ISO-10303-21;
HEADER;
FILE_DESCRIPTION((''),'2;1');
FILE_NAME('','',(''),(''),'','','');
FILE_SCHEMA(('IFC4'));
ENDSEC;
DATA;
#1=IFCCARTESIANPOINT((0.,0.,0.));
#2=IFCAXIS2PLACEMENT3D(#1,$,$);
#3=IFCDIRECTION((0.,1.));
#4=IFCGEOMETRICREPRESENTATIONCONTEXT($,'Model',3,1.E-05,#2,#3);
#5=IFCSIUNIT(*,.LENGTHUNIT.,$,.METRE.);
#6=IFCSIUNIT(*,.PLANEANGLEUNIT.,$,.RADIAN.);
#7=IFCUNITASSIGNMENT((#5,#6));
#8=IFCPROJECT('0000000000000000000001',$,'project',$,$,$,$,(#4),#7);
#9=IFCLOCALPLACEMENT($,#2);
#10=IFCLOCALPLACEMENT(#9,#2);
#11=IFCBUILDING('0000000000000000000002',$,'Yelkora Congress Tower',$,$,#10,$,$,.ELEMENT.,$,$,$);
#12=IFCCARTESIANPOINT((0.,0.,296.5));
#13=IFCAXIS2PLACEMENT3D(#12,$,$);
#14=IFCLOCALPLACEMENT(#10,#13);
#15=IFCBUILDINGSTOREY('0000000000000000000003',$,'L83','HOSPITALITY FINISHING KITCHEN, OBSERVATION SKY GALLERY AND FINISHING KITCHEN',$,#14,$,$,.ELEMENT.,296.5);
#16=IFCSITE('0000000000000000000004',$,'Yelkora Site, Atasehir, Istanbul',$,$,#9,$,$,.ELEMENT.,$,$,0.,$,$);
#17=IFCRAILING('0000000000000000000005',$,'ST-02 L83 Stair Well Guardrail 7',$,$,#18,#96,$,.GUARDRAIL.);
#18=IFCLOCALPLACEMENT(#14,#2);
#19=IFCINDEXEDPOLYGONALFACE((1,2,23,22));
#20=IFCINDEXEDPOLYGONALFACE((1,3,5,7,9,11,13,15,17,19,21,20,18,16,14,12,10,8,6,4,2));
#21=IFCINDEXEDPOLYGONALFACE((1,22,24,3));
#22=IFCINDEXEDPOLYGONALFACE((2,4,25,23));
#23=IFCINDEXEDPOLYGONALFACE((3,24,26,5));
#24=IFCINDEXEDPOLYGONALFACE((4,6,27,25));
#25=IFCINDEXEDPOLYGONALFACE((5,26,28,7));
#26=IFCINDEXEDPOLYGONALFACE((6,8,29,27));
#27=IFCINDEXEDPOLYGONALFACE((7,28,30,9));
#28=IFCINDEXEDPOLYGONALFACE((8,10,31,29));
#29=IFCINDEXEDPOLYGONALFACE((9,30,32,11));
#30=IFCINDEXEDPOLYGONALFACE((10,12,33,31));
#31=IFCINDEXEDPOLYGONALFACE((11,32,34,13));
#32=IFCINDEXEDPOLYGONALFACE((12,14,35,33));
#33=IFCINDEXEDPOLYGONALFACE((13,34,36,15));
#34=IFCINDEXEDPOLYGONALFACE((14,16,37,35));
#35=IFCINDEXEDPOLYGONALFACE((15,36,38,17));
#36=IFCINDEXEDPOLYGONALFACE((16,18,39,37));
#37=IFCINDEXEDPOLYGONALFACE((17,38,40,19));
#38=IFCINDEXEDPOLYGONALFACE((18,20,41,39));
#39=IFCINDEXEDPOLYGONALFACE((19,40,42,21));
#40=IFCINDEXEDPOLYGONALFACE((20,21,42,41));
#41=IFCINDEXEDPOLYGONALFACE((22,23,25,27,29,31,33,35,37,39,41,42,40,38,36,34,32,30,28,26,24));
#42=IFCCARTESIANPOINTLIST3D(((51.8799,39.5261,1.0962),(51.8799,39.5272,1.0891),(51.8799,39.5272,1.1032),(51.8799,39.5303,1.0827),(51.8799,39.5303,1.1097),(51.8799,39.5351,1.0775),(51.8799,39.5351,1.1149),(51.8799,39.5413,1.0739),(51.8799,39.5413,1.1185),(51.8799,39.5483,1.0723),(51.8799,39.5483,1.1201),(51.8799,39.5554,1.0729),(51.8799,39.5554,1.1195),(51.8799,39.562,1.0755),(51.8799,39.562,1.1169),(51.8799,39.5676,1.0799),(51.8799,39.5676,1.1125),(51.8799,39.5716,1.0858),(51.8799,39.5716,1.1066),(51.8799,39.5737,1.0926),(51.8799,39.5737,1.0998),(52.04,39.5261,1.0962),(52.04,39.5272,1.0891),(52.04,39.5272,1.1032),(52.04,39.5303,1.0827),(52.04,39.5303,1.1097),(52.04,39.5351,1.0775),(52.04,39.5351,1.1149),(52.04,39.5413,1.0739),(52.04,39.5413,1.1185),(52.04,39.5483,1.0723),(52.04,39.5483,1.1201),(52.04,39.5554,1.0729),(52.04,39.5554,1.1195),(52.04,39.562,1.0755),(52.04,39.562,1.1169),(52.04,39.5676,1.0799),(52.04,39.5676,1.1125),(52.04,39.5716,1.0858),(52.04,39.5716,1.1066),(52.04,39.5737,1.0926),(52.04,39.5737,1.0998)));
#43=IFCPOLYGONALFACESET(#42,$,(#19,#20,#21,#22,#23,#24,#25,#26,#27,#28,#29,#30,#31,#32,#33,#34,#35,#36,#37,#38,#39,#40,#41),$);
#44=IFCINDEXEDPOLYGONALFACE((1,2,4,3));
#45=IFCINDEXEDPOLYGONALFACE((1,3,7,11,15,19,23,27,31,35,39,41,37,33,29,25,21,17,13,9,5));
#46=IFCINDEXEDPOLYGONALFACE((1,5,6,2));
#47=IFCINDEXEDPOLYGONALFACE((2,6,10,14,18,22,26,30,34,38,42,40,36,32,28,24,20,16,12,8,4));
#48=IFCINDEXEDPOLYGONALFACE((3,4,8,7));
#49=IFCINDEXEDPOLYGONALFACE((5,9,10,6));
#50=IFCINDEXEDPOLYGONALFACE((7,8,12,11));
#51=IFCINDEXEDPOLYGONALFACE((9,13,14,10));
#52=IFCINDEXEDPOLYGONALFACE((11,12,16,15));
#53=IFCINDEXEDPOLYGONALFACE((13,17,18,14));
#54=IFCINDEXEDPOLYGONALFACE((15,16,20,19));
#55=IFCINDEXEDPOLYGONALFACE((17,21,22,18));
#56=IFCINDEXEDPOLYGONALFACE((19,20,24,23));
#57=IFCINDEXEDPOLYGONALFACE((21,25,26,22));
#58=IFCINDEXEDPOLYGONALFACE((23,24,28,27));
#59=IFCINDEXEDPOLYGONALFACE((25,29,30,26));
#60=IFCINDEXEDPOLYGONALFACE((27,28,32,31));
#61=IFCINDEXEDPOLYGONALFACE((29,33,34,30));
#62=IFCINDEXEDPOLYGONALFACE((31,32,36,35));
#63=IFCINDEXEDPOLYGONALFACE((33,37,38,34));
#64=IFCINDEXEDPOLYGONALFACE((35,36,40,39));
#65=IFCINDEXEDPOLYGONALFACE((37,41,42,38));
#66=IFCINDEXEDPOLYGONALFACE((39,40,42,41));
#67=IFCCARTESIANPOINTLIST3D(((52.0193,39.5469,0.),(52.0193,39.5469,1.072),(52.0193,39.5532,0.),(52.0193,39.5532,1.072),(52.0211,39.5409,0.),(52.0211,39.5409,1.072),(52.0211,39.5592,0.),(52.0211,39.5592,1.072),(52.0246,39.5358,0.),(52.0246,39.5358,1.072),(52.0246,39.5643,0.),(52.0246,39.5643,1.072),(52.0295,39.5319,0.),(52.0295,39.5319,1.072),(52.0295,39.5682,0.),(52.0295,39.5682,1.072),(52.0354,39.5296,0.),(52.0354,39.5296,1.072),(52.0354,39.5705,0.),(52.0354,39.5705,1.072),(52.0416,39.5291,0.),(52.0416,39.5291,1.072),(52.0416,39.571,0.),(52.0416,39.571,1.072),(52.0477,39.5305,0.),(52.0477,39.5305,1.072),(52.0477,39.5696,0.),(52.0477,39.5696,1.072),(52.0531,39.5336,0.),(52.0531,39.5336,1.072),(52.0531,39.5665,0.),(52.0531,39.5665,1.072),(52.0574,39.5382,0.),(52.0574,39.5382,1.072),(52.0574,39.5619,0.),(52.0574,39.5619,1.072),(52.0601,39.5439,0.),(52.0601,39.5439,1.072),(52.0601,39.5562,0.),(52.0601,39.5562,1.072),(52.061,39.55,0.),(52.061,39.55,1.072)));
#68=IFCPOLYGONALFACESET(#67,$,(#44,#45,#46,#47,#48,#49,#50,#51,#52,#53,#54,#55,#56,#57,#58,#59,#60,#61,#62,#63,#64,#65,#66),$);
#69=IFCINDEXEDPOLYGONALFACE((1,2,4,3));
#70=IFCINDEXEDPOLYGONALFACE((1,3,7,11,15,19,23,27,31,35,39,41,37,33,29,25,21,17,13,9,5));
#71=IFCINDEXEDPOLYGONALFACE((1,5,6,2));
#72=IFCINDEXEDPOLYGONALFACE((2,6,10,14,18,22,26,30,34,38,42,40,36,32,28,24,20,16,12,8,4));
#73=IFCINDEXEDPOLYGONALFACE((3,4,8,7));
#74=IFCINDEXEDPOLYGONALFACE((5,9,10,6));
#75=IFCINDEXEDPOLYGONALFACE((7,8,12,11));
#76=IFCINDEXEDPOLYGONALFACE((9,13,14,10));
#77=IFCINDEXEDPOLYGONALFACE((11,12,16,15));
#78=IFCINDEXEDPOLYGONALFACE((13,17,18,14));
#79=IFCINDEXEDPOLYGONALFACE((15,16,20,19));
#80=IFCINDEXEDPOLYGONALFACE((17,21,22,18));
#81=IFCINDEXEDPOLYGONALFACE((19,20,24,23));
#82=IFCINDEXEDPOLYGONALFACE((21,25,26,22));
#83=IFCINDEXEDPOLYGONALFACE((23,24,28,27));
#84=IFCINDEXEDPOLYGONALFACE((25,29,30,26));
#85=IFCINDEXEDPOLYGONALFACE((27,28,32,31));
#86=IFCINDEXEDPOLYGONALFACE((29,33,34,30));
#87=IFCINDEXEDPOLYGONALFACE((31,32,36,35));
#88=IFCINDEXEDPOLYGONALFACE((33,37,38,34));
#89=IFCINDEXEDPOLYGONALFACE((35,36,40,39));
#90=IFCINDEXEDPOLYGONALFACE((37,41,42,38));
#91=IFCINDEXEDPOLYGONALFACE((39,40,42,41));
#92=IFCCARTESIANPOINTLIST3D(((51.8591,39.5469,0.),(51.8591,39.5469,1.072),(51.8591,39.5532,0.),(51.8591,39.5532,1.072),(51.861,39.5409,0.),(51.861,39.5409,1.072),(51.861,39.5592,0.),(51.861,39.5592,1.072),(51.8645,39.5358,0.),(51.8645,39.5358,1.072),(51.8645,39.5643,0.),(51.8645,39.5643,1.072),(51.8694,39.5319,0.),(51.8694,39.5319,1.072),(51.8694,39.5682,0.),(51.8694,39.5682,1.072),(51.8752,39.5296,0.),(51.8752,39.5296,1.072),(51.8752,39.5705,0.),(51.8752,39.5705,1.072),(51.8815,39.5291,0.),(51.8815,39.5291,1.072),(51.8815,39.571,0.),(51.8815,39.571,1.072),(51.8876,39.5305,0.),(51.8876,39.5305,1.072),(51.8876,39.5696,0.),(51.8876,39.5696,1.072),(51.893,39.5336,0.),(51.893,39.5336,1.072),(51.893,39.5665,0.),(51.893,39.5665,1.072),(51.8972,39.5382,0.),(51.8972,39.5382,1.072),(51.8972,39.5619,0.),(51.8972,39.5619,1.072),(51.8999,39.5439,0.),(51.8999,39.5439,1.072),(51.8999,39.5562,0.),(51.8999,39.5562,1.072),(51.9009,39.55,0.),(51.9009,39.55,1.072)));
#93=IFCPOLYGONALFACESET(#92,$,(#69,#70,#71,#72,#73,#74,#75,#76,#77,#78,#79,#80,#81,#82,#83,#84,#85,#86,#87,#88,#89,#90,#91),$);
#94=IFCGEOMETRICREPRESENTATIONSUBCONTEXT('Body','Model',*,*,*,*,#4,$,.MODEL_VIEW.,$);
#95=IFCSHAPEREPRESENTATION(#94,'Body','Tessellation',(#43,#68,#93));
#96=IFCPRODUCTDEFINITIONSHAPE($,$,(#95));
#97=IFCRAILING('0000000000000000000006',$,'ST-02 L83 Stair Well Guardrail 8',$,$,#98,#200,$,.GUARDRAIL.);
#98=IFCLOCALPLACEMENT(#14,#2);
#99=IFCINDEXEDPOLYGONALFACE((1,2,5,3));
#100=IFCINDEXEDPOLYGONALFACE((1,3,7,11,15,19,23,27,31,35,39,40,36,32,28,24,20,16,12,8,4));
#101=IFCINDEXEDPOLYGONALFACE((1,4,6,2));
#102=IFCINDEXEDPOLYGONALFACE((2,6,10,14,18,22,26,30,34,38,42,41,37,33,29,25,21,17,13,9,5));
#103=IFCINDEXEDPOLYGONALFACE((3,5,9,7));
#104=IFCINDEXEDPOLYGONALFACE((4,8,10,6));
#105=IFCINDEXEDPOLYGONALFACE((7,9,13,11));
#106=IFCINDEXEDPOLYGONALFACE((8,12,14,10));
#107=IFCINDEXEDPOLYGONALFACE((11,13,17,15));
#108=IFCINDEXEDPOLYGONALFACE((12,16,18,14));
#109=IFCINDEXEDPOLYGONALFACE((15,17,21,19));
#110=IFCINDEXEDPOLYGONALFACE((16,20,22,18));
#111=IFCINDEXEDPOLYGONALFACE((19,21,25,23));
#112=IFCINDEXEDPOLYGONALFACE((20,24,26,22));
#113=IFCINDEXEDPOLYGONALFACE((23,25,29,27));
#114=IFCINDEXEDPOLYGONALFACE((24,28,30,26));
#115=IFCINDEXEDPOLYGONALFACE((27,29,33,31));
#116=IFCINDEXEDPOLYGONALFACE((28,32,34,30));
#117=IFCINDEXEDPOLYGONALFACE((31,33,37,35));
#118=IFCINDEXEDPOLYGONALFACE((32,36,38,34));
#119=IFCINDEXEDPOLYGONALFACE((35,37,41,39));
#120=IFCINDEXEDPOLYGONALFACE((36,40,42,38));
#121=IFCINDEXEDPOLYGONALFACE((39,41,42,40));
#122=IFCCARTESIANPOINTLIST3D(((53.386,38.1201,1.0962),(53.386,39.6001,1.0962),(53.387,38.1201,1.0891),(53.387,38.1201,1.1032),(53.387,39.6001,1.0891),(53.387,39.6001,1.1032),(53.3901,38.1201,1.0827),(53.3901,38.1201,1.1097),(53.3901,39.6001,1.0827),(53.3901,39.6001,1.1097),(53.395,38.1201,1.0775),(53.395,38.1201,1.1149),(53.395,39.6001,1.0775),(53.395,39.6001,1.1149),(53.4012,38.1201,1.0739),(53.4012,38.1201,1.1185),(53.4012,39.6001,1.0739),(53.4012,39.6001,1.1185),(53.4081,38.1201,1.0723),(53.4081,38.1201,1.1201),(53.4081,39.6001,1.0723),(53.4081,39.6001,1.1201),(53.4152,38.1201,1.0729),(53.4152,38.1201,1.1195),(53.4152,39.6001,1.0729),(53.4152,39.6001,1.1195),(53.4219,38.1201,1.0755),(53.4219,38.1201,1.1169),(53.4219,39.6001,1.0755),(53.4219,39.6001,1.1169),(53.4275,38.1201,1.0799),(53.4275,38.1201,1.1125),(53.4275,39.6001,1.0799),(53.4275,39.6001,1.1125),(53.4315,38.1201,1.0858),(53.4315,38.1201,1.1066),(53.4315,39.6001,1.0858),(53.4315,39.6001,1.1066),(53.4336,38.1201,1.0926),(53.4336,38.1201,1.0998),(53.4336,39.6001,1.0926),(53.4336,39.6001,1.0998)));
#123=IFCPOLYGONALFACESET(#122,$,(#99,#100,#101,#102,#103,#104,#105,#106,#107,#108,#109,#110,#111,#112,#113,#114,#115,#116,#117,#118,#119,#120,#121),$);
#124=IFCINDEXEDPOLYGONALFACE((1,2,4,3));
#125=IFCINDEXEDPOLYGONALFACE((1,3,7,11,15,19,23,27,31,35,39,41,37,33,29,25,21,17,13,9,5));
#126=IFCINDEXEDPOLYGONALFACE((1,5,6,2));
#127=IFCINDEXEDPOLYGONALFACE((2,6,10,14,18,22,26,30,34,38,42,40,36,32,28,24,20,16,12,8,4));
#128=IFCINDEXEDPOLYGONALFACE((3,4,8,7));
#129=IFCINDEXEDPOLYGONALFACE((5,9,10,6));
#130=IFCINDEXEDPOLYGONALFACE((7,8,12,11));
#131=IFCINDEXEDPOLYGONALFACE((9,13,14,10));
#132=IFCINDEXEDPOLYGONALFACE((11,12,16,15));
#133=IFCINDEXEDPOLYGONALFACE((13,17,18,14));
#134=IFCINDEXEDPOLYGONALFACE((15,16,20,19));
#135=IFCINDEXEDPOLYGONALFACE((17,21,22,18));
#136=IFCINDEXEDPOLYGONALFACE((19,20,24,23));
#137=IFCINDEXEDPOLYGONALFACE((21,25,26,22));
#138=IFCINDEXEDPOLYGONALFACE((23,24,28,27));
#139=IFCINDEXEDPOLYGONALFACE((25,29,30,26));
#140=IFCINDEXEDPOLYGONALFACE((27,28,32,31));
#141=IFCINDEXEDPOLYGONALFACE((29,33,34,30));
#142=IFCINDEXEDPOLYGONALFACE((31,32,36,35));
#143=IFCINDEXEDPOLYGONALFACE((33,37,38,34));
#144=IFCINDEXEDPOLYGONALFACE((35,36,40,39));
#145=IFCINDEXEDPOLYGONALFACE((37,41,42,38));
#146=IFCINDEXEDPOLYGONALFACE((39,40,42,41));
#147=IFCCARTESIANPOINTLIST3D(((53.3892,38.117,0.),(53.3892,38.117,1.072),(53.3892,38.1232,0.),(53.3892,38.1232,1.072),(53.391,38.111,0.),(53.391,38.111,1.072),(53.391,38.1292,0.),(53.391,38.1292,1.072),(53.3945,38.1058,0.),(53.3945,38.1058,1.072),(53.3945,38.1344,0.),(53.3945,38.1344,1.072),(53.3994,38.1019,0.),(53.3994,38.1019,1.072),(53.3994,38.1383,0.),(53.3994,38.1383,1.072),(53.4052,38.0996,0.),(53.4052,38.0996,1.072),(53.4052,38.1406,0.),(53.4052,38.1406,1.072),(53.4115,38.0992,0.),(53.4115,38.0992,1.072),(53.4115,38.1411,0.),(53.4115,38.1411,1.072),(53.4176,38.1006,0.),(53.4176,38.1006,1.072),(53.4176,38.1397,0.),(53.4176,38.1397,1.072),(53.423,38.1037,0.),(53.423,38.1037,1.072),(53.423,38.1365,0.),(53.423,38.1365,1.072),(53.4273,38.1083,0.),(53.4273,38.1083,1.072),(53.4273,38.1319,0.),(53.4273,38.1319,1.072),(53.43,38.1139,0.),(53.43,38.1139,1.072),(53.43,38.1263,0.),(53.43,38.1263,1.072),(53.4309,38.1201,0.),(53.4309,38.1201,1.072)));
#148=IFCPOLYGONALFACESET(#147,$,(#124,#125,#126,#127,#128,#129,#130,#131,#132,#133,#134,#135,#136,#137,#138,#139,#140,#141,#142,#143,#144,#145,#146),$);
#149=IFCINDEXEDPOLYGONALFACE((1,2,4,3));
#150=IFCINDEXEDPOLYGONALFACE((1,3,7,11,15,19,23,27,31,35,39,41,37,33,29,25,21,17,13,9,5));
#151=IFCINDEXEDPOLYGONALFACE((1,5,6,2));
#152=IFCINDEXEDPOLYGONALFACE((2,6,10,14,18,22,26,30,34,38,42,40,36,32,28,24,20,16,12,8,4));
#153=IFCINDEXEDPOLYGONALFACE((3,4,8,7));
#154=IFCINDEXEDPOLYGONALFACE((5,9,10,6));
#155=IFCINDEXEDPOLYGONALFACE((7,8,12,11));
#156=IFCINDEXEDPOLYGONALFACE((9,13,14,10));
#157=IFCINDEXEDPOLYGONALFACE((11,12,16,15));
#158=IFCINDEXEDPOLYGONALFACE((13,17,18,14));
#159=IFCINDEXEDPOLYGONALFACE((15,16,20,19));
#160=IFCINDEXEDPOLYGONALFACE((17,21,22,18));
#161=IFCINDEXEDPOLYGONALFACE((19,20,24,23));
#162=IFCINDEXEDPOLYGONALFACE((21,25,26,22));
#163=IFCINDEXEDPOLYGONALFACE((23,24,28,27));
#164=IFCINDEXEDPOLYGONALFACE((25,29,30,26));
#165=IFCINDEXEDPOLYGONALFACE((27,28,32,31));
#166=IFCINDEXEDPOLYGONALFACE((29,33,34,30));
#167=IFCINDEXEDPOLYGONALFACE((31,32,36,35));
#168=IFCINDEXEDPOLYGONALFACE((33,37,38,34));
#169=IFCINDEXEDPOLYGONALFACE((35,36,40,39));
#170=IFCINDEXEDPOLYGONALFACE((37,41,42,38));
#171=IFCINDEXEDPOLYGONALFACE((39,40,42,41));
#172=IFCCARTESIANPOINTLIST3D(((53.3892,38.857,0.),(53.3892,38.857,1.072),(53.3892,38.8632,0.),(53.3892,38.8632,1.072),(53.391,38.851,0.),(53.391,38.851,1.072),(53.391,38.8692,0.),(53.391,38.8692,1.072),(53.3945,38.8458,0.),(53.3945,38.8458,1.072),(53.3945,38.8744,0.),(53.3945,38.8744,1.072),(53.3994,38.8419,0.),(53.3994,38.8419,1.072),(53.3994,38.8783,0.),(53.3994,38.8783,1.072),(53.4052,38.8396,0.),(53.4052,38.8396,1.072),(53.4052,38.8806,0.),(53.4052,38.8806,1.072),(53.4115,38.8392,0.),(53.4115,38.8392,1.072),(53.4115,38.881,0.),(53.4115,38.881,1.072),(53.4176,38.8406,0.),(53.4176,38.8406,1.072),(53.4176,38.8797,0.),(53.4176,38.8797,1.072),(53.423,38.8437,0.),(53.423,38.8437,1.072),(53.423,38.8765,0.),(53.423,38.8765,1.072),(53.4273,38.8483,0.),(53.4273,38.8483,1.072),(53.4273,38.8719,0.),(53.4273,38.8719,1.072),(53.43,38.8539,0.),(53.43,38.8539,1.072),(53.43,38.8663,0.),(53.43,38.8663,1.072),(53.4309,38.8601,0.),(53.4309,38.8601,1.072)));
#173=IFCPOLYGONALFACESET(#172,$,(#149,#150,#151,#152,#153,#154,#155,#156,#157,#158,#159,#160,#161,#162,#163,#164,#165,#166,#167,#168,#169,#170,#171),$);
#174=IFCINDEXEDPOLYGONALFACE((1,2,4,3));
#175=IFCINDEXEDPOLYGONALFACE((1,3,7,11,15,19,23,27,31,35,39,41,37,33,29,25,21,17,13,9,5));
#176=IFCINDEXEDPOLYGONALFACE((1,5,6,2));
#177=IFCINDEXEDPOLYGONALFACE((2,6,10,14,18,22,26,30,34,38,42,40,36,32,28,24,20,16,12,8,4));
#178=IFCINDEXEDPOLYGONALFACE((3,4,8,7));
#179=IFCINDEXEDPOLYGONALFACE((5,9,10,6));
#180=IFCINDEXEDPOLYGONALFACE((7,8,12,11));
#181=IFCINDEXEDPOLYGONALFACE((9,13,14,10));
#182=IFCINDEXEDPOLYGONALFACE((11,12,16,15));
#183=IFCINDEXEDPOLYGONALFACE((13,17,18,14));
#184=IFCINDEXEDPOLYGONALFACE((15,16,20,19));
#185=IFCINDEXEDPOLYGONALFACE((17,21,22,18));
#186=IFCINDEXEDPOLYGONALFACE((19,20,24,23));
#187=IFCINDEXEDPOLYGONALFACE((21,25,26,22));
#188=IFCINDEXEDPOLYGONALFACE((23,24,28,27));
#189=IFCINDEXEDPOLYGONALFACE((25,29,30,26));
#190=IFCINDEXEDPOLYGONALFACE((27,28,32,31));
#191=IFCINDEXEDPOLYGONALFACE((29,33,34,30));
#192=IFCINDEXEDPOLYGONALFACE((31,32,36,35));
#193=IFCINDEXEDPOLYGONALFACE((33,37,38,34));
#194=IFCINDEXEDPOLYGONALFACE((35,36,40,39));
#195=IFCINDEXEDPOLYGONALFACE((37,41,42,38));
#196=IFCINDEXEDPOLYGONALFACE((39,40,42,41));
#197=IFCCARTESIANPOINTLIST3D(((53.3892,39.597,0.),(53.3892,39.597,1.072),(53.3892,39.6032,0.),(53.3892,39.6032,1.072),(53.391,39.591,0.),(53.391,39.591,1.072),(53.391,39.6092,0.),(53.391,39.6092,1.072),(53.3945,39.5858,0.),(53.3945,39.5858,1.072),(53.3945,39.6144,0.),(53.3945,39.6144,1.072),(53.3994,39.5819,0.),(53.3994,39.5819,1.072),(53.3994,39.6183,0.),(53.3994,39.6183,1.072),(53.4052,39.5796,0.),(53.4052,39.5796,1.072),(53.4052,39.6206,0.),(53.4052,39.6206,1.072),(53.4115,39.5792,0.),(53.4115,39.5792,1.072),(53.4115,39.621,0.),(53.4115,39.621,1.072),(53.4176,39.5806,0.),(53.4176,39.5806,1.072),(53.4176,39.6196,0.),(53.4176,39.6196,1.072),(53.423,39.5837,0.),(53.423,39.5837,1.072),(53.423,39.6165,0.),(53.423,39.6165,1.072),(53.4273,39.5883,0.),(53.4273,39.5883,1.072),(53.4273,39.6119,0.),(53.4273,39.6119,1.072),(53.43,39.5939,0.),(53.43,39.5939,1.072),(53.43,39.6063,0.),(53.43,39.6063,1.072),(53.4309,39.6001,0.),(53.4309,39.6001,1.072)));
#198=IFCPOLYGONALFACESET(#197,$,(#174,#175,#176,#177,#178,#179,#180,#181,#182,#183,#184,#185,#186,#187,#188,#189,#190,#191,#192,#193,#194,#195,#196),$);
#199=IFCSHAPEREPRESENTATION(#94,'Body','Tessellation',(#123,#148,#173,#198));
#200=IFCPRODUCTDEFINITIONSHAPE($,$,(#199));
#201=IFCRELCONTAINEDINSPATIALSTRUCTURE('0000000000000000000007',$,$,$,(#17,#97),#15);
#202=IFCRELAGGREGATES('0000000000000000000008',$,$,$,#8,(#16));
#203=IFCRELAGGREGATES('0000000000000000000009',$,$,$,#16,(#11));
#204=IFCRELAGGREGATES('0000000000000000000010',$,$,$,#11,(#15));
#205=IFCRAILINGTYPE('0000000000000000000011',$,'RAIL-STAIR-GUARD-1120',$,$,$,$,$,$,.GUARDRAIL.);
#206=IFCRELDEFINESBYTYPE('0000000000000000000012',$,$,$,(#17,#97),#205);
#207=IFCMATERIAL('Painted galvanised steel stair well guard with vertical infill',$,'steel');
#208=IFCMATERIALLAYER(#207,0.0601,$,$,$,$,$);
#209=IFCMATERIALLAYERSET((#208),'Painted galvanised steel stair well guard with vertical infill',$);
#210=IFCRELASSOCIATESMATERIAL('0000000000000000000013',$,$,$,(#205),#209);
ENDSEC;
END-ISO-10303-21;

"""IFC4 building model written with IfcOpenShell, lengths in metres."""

from ifc_helpers import new_model, si_unit, direction, frame, origin, origin_2d, place, context, subcontext, project, spatial, circle, extrude, material, layer, layer_set, type_object, element, save


model = new_model("IFC4")

# Units and contexts
model_context = context("Model", 3, precision=1e-05, world=origin(), true_north=direction((0.0, 1.0)))
body_context = subcontext(model_context, "Body", "Model", "MODEL_VIEW")
ifc_project = project(units=[si_unit("LENGTHUNIT", "METRE"), si_unit("PLANEANGLEUNIT", "RADIAN")], contexts=[model_context])

# Site, building, storey
site_placement = place(None, origin())
site = spatial("IfcSite", under=ifc_project, at=site_placement, Name="Yelkora Site, Atasehir, Istanbul", CompositionType="ELEMENT", RefElevation=0.0)
building_placement = place(site_placement, origin())
building = spatial("IfcBuilding", under=site, at=building_placement, Name="Yelkora Congress Tower", CompositionType="ELEMENT")
storey_placement = place(building_placement, frame((0.0, 0.0, 296.5)))
storey = spatial("IfcBuildingStorey", under=building, at=storey_placement, Name="L83", Description="HOSPITALITY FINISHING KITCHEN, OBSERVATION SKY GALLERY AND FINISHING KITCHEN", CompositionType="ELEMENT", Elevation=296.5)

# Railings
ifc_material_1 = material(Name="Painted galvanised steel stair well guard with vertical infill", Category="steel")
ifc_layer_1 = layer(ifc_material_1, 0.0601)
ifc_layer_set_1 = layer_set([ifc_layer_1], Name="Painted galvanised steel stair well guard with vertical infill")
railing_type_1 = type_object("IfcRailingType", Name="RAIL-STAIR-GUARD-1120", PredefinedType="GUARDRAIL", material=ifc_layer_set_1)
railing_1_placement = place(storey_placement, frame((52.04, 39.55, 0.0)))
element("IfcRailing", 1, at=railing_1_placement, inside=storey, type_object=railing_type_1, Name="ST-02 L83 Stair Well Guardrail 7", PredefinedType="GUARDRAIL", context=body_context, shape_type="SweptSolid", body=[
    extrude(circle(Radius=0.0239, at=origin_2d()), frame((0.0, 0.0, 1.0962), z_axis=(-1.0, 0.0, 0.0), x_axis=(0.0, -1.0, 0.0)), (0.0, 0.0, 1.0), 0.1602),
    extrude(circle(Radius=0.021, at=origin_2d()), origin(), (0.0, 0.0, 1.0), 1.072),
    extrude(circle(Radius=0.021, at=origin_2d()), frame((-0.1602, 0.0, 0.0)), (0.0, 0.0, 1.0), 1.072),
])
for number, where, name in (
    (2, (53.4099, 38.1201, 0.0), "ST-02 L83 Stair Well Guardrail 8"),
):
    element("IfcRailing", number, at=place(storey_placement, frame(where)), inside=storey, type_object=railing_type_1, Name=name, PredefinedType="GUARDRAIL", context=body_context, shape_type="SweptSolid", body=[
        extrude(circle(Radius=0.0239, at=origin_2d()), frame((0.0, 0.0, 1.0962), z_axis=(0.0, 1.0, 0.0), x_axis=(-1.0, 0.0, 0.0)), (0.0, 0.0, 1.0), 1.48),
        extrude(circle(Radius=0.021, at=origin_2d()), origin(), (0.0, 0.0, 1.0), 1.072),
        extrude(circle(Radius=0.021, at=origin_2d()), frame((0.0, 0.74, 0.0)), (0.0, 0.0, 1.0), 1.072),
        extrude(circle(Radius=0.021, at=origin_2d()), frame((0.0, 1.48, 0.0)), (0.0, 0.0, 1.0), 1.072),
    ])

save(model, "model.ifc")
